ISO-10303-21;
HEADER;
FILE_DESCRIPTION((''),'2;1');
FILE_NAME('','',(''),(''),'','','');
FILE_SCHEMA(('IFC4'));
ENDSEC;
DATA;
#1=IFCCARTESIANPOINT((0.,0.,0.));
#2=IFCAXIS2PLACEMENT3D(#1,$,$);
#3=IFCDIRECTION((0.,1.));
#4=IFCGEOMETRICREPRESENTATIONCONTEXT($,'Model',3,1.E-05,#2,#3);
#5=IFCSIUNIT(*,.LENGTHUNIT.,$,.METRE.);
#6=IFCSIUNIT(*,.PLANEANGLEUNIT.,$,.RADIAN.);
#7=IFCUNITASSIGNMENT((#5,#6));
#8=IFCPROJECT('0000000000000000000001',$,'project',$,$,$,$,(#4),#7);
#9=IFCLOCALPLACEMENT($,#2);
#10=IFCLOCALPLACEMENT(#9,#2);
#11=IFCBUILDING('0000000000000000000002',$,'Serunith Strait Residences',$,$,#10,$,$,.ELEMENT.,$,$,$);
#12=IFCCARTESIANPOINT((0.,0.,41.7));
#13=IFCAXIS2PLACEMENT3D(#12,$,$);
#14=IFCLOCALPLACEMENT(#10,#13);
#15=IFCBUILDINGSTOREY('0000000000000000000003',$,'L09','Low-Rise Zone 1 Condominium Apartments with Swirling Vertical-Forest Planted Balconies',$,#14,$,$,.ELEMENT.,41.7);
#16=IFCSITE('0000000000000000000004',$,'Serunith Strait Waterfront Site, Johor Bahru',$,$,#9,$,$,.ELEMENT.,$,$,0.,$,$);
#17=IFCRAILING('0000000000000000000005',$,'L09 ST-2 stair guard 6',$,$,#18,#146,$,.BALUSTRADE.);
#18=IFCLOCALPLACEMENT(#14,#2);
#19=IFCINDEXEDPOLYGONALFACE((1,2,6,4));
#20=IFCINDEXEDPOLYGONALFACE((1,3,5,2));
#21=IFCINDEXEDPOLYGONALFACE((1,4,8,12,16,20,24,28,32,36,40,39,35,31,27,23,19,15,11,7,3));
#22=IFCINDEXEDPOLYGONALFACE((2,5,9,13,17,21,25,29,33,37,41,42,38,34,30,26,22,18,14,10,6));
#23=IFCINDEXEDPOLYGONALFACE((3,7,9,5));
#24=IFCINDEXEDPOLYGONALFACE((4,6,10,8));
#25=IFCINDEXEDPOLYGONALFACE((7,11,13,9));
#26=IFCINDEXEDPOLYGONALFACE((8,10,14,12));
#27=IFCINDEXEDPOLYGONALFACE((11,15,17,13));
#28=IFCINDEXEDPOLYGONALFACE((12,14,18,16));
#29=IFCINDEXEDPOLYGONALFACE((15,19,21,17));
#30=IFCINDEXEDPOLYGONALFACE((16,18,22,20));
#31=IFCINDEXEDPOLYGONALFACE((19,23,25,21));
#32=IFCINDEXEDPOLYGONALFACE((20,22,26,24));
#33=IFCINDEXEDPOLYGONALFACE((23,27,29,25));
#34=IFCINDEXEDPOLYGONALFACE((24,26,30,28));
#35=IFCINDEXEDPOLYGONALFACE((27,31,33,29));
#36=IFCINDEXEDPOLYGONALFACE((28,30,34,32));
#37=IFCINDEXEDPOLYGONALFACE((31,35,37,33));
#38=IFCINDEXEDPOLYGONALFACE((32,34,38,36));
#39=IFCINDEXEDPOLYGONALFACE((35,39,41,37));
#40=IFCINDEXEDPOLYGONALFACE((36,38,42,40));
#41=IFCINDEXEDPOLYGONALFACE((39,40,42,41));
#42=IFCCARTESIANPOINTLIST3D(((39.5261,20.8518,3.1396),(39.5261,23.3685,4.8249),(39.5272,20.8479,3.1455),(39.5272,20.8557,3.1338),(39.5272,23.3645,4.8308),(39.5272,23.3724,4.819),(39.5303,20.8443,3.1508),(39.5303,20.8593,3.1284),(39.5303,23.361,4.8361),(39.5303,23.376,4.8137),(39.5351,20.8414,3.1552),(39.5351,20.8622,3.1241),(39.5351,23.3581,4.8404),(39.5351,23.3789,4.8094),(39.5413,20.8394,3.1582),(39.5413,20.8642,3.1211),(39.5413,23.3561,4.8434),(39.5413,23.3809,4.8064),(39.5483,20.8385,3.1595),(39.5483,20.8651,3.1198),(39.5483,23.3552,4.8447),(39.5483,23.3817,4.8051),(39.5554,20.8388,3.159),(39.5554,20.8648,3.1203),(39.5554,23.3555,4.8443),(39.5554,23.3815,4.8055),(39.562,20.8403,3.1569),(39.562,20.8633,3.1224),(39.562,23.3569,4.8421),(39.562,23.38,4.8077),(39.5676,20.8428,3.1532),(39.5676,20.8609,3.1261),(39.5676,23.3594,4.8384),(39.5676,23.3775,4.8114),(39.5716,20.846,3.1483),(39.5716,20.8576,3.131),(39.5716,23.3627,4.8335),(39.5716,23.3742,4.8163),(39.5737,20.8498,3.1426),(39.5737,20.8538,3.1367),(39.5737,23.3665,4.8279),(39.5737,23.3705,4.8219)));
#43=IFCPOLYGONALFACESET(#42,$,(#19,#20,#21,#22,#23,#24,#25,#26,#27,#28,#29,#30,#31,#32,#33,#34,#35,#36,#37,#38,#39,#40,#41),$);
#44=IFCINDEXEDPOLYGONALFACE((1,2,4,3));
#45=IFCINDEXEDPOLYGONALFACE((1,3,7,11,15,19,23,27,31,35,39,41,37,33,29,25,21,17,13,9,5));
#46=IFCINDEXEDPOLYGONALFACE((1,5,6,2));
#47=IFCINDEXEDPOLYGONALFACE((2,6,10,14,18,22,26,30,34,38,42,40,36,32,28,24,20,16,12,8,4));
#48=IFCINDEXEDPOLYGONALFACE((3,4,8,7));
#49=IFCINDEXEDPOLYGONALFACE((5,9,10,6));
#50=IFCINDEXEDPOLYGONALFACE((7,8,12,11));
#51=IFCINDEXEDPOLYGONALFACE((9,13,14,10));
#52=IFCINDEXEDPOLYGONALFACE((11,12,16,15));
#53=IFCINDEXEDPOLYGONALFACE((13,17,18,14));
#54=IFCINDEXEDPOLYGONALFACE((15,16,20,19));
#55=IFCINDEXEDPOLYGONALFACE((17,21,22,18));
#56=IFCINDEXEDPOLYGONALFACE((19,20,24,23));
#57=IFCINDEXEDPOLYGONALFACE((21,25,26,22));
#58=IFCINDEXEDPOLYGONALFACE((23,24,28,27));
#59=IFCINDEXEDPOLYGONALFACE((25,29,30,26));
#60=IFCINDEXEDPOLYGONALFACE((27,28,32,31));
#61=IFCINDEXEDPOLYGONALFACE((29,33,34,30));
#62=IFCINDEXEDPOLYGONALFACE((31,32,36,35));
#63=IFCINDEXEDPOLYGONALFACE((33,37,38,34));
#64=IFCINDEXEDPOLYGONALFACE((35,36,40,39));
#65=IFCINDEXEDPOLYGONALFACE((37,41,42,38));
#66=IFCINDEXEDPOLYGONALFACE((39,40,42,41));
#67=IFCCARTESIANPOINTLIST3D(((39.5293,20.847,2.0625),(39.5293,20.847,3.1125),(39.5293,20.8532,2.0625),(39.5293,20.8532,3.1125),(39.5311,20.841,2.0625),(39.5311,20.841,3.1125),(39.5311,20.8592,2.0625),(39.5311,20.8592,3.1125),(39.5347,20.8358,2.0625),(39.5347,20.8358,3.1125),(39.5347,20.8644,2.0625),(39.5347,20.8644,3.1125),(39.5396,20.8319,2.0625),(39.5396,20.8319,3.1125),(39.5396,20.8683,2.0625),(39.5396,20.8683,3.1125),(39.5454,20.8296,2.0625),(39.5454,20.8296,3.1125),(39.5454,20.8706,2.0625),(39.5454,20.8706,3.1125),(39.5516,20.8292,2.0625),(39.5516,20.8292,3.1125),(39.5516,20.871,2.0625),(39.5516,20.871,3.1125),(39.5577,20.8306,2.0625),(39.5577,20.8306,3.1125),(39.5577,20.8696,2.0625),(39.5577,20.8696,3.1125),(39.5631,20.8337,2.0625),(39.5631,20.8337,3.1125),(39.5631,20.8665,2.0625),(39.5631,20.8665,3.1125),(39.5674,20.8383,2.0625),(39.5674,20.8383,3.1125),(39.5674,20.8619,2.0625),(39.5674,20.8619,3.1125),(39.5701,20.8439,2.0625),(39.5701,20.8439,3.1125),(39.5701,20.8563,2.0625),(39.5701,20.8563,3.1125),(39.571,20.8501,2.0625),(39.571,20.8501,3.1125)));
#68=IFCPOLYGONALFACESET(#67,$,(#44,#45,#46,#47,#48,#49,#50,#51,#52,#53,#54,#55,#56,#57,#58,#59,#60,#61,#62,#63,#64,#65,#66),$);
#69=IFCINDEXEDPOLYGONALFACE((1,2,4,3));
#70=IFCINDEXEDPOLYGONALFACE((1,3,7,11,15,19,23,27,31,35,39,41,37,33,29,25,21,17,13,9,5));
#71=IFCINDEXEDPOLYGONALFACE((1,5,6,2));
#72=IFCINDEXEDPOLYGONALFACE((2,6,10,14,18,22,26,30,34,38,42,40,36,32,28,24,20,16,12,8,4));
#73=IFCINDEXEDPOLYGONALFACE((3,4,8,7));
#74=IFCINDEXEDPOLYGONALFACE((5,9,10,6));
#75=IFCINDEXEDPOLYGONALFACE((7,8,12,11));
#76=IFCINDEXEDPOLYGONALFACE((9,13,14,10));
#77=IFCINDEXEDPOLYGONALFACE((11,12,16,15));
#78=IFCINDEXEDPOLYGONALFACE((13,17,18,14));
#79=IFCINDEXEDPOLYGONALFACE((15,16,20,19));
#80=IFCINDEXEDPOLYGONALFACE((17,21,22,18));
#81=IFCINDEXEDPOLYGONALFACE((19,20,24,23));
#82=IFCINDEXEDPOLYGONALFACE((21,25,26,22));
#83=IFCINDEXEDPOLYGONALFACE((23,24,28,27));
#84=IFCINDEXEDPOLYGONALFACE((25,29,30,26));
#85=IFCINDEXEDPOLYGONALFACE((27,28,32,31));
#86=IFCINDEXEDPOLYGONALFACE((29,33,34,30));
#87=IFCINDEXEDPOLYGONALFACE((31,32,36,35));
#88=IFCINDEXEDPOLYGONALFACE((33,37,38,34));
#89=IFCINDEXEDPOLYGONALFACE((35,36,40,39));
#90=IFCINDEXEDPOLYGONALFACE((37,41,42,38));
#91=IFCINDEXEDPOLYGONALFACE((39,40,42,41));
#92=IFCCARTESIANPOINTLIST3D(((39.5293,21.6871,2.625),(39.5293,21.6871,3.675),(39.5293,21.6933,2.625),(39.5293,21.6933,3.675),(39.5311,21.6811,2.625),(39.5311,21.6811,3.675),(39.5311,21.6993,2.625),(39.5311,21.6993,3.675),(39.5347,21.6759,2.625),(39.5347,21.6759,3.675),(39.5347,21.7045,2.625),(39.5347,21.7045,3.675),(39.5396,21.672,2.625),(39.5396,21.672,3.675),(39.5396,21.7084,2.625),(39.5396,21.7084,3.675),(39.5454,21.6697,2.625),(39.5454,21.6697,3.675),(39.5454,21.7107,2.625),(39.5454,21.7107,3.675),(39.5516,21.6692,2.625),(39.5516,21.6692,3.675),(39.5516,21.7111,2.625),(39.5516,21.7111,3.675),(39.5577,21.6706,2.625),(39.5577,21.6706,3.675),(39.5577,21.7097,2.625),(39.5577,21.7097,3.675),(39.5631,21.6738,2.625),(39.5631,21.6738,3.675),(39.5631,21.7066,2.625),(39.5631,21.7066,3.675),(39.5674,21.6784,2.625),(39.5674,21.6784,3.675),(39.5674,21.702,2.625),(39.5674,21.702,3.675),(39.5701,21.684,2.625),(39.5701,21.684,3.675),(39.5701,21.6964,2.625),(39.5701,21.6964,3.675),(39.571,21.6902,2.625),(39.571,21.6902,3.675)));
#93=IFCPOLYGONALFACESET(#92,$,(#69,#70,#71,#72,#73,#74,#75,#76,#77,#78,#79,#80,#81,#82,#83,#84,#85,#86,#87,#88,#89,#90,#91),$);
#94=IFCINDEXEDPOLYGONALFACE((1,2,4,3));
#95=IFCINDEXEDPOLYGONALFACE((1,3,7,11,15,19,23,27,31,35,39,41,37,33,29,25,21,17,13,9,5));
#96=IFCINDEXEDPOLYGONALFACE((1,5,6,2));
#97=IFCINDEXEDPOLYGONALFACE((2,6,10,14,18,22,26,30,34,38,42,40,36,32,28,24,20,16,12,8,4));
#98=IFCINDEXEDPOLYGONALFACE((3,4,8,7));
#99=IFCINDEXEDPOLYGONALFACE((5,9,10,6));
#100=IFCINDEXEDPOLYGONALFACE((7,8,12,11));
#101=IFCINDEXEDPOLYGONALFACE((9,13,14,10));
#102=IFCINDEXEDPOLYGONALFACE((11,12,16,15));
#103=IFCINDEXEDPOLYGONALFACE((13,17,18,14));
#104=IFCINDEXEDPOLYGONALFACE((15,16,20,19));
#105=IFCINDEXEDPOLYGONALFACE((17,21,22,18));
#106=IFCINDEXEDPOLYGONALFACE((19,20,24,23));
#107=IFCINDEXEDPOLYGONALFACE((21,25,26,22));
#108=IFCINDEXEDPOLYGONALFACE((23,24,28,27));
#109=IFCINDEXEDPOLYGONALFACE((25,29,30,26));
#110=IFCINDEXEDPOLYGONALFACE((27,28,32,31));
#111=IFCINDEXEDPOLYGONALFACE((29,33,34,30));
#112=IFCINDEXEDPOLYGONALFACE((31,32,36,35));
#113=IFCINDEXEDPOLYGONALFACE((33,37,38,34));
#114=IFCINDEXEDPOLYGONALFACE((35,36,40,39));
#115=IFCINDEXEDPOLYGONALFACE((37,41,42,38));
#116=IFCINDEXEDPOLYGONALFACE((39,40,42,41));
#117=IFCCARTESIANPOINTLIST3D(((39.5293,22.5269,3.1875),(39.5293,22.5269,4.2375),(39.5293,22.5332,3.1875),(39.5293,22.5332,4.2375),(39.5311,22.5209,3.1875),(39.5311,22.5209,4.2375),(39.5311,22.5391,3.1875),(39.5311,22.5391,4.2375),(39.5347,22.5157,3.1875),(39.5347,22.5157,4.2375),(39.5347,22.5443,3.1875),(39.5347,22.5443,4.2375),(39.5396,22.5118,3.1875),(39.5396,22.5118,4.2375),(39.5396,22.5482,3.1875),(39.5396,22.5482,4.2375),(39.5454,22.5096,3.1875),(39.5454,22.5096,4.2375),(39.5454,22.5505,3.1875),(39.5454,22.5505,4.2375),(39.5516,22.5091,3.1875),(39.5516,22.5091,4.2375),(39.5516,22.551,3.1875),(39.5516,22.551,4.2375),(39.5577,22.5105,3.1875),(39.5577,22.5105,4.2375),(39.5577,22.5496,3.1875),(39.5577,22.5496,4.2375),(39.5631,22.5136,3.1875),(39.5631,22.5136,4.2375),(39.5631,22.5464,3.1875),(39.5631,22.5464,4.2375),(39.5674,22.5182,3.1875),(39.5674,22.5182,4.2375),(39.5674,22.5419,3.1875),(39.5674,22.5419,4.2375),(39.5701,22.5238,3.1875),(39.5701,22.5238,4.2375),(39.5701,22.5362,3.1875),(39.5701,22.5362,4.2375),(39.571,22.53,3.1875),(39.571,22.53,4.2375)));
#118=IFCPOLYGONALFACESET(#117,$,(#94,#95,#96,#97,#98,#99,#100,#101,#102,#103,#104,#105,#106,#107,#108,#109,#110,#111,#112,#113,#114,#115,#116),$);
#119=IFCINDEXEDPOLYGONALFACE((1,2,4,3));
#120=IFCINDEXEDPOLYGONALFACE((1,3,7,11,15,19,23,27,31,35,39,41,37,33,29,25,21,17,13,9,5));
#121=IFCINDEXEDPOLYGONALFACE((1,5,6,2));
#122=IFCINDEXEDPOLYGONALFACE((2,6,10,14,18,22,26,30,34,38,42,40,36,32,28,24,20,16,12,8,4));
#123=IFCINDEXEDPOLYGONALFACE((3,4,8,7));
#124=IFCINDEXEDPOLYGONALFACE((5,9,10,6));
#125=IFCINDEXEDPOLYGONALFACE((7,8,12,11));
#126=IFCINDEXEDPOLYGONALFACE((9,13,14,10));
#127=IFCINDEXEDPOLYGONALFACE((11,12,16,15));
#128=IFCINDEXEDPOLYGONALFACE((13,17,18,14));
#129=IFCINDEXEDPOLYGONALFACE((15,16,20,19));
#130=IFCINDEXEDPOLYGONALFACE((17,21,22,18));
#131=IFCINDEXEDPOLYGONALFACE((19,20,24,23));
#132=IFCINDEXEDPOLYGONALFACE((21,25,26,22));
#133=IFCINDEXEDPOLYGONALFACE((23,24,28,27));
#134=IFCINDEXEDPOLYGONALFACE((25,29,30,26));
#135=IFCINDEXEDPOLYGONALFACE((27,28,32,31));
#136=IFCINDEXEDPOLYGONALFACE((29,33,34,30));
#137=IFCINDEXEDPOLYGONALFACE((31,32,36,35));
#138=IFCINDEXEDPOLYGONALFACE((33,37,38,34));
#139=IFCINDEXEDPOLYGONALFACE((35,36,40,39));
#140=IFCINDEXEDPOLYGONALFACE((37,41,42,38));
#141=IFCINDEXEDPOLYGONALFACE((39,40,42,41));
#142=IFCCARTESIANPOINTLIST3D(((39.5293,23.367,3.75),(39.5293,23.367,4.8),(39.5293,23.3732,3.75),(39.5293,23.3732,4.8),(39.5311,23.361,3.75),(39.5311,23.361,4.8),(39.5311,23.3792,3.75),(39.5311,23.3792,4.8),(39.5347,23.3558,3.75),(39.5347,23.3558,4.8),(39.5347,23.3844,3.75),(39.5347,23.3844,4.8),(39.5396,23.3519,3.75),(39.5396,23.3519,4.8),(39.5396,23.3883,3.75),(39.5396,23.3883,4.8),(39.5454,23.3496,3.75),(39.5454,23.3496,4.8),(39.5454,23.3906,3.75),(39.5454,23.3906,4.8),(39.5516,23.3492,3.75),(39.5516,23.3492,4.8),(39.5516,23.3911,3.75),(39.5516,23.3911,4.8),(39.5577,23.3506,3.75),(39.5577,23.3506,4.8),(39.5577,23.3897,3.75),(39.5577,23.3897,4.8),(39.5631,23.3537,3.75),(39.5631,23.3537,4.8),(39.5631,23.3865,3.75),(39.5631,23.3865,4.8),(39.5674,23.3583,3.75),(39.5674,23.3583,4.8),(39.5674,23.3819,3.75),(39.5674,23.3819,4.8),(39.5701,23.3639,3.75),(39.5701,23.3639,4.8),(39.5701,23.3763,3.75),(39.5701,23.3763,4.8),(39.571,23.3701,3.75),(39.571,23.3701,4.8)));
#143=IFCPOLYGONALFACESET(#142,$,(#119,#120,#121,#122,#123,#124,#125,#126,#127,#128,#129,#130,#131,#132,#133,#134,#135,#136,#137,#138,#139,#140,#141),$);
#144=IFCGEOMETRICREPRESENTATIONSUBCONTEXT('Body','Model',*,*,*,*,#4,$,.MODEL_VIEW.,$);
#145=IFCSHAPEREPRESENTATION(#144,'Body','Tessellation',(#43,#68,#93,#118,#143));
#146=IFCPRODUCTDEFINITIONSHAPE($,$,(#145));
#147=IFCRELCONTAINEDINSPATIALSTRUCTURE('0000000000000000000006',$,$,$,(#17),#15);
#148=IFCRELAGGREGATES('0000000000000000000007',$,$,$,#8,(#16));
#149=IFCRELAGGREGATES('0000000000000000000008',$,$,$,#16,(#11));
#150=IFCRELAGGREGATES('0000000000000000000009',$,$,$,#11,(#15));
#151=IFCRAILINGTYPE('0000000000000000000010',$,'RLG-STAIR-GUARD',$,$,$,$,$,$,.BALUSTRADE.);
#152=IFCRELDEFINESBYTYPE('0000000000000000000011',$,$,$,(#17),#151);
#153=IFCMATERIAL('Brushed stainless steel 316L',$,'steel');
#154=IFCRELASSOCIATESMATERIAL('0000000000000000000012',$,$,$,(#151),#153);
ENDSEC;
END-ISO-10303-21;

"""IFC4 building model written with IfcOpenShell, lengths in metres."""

from ifc_helpers import new_model, si_unit, direction, frame, origin, origin_2d, place, context, subcontext, project, spatial, circle, extrude, material, type_object, element, save


model = new_model("IFC4")

# Units and contexts
model_context = context("Model", 3, precision=1e-05, world=origin(), true_north=direction((0.0, 1.0)))
body_context = subcontext(model_context, "Body", "Model", "MODEL_VIEW")
ifc_project = project(units=[si_unit("LENGTHUNIT", "METRE"), si_unit("PLANEANGLEUNIT", "RADIAN")], contexts=[model_context])

# Site, building, storey
site_placement = place(None, origin())
site = spatial("IfcSite", under=ifc_project, at=site_placement, Name="Serunith Strait Waterfront Site, Johor Bahru", CompositionType="ELEMENT", RefElevation=0.0)
building_placement = place(site_placement, origin())
building = spatial("IfcBuilding", under=site, at=building_placement, Name="Serunith Strait Residences", CompositionType="ELEMENT")
storey_placement = place(building_placement, frame((0.0, 0.0, 41.7)))
storey = spatial("IfcBuildingStorey", under=building, at=storey_placement, Name="L09", Description="Low-Rise Zone 1 Condominium Apartments with Swirling Vertical-Forest Planted Balconies", CompositionType="ELEMENT", Elevation=41.7)

# Railing
ifc_material_1 = material(Name="Brushed stainless steel 316L", Category="steel")
railing_type_1 = type_object("IfcRailingType", Name="RLG-STAIR-GUARD", PredefinedType="BALUSTRADE", material=ifc_material_1)
railing_1_placement = place(storey_placement, frame((39.55, 20.8501, 2.0625)))
element("IfcRailing", 1, at=railing_1_placement, inside=storey, type_object=railing_type_1, Name="L09 ST-2 stair guard 6", PredefinedType="BALUSTRADE", context=body_context, shape_type="SweptSolid", body=[
    extrude(circle(Radius=0.0239, at=origin_2d()), frame((0.0, 0.0017, 1.0771), z_axis=(0.0, 0.830909, 0.556408), x_axis=(-1.0, 0.0, 0.0)), (0.0, 0.0, 1.0), 3.0288),
    extrude(circle(Radius=0.021, at=origin_2d()), origin(), (0.0, 0.0, 1.0), 1.05),
    extrude(circle(Radius=0.021, at=origin_2d()), frame((0.0, 0.8401, 0.5625)), (0.0, 0.0, 1.0), 1.05),
    extrude(circle(Radius=0.021, at=origin_2d()), frame((0.0, 1.6799, 1.125)), (0.0, 0.0, 1.0), 1.05),
    extrude(circle(Radius=0.021, at=origin_2d()), frame((0.0, 2.52, 1.6875)), (0.0, 0.0, 1.0), 1.05),
])

save(model, "model.ifc")
